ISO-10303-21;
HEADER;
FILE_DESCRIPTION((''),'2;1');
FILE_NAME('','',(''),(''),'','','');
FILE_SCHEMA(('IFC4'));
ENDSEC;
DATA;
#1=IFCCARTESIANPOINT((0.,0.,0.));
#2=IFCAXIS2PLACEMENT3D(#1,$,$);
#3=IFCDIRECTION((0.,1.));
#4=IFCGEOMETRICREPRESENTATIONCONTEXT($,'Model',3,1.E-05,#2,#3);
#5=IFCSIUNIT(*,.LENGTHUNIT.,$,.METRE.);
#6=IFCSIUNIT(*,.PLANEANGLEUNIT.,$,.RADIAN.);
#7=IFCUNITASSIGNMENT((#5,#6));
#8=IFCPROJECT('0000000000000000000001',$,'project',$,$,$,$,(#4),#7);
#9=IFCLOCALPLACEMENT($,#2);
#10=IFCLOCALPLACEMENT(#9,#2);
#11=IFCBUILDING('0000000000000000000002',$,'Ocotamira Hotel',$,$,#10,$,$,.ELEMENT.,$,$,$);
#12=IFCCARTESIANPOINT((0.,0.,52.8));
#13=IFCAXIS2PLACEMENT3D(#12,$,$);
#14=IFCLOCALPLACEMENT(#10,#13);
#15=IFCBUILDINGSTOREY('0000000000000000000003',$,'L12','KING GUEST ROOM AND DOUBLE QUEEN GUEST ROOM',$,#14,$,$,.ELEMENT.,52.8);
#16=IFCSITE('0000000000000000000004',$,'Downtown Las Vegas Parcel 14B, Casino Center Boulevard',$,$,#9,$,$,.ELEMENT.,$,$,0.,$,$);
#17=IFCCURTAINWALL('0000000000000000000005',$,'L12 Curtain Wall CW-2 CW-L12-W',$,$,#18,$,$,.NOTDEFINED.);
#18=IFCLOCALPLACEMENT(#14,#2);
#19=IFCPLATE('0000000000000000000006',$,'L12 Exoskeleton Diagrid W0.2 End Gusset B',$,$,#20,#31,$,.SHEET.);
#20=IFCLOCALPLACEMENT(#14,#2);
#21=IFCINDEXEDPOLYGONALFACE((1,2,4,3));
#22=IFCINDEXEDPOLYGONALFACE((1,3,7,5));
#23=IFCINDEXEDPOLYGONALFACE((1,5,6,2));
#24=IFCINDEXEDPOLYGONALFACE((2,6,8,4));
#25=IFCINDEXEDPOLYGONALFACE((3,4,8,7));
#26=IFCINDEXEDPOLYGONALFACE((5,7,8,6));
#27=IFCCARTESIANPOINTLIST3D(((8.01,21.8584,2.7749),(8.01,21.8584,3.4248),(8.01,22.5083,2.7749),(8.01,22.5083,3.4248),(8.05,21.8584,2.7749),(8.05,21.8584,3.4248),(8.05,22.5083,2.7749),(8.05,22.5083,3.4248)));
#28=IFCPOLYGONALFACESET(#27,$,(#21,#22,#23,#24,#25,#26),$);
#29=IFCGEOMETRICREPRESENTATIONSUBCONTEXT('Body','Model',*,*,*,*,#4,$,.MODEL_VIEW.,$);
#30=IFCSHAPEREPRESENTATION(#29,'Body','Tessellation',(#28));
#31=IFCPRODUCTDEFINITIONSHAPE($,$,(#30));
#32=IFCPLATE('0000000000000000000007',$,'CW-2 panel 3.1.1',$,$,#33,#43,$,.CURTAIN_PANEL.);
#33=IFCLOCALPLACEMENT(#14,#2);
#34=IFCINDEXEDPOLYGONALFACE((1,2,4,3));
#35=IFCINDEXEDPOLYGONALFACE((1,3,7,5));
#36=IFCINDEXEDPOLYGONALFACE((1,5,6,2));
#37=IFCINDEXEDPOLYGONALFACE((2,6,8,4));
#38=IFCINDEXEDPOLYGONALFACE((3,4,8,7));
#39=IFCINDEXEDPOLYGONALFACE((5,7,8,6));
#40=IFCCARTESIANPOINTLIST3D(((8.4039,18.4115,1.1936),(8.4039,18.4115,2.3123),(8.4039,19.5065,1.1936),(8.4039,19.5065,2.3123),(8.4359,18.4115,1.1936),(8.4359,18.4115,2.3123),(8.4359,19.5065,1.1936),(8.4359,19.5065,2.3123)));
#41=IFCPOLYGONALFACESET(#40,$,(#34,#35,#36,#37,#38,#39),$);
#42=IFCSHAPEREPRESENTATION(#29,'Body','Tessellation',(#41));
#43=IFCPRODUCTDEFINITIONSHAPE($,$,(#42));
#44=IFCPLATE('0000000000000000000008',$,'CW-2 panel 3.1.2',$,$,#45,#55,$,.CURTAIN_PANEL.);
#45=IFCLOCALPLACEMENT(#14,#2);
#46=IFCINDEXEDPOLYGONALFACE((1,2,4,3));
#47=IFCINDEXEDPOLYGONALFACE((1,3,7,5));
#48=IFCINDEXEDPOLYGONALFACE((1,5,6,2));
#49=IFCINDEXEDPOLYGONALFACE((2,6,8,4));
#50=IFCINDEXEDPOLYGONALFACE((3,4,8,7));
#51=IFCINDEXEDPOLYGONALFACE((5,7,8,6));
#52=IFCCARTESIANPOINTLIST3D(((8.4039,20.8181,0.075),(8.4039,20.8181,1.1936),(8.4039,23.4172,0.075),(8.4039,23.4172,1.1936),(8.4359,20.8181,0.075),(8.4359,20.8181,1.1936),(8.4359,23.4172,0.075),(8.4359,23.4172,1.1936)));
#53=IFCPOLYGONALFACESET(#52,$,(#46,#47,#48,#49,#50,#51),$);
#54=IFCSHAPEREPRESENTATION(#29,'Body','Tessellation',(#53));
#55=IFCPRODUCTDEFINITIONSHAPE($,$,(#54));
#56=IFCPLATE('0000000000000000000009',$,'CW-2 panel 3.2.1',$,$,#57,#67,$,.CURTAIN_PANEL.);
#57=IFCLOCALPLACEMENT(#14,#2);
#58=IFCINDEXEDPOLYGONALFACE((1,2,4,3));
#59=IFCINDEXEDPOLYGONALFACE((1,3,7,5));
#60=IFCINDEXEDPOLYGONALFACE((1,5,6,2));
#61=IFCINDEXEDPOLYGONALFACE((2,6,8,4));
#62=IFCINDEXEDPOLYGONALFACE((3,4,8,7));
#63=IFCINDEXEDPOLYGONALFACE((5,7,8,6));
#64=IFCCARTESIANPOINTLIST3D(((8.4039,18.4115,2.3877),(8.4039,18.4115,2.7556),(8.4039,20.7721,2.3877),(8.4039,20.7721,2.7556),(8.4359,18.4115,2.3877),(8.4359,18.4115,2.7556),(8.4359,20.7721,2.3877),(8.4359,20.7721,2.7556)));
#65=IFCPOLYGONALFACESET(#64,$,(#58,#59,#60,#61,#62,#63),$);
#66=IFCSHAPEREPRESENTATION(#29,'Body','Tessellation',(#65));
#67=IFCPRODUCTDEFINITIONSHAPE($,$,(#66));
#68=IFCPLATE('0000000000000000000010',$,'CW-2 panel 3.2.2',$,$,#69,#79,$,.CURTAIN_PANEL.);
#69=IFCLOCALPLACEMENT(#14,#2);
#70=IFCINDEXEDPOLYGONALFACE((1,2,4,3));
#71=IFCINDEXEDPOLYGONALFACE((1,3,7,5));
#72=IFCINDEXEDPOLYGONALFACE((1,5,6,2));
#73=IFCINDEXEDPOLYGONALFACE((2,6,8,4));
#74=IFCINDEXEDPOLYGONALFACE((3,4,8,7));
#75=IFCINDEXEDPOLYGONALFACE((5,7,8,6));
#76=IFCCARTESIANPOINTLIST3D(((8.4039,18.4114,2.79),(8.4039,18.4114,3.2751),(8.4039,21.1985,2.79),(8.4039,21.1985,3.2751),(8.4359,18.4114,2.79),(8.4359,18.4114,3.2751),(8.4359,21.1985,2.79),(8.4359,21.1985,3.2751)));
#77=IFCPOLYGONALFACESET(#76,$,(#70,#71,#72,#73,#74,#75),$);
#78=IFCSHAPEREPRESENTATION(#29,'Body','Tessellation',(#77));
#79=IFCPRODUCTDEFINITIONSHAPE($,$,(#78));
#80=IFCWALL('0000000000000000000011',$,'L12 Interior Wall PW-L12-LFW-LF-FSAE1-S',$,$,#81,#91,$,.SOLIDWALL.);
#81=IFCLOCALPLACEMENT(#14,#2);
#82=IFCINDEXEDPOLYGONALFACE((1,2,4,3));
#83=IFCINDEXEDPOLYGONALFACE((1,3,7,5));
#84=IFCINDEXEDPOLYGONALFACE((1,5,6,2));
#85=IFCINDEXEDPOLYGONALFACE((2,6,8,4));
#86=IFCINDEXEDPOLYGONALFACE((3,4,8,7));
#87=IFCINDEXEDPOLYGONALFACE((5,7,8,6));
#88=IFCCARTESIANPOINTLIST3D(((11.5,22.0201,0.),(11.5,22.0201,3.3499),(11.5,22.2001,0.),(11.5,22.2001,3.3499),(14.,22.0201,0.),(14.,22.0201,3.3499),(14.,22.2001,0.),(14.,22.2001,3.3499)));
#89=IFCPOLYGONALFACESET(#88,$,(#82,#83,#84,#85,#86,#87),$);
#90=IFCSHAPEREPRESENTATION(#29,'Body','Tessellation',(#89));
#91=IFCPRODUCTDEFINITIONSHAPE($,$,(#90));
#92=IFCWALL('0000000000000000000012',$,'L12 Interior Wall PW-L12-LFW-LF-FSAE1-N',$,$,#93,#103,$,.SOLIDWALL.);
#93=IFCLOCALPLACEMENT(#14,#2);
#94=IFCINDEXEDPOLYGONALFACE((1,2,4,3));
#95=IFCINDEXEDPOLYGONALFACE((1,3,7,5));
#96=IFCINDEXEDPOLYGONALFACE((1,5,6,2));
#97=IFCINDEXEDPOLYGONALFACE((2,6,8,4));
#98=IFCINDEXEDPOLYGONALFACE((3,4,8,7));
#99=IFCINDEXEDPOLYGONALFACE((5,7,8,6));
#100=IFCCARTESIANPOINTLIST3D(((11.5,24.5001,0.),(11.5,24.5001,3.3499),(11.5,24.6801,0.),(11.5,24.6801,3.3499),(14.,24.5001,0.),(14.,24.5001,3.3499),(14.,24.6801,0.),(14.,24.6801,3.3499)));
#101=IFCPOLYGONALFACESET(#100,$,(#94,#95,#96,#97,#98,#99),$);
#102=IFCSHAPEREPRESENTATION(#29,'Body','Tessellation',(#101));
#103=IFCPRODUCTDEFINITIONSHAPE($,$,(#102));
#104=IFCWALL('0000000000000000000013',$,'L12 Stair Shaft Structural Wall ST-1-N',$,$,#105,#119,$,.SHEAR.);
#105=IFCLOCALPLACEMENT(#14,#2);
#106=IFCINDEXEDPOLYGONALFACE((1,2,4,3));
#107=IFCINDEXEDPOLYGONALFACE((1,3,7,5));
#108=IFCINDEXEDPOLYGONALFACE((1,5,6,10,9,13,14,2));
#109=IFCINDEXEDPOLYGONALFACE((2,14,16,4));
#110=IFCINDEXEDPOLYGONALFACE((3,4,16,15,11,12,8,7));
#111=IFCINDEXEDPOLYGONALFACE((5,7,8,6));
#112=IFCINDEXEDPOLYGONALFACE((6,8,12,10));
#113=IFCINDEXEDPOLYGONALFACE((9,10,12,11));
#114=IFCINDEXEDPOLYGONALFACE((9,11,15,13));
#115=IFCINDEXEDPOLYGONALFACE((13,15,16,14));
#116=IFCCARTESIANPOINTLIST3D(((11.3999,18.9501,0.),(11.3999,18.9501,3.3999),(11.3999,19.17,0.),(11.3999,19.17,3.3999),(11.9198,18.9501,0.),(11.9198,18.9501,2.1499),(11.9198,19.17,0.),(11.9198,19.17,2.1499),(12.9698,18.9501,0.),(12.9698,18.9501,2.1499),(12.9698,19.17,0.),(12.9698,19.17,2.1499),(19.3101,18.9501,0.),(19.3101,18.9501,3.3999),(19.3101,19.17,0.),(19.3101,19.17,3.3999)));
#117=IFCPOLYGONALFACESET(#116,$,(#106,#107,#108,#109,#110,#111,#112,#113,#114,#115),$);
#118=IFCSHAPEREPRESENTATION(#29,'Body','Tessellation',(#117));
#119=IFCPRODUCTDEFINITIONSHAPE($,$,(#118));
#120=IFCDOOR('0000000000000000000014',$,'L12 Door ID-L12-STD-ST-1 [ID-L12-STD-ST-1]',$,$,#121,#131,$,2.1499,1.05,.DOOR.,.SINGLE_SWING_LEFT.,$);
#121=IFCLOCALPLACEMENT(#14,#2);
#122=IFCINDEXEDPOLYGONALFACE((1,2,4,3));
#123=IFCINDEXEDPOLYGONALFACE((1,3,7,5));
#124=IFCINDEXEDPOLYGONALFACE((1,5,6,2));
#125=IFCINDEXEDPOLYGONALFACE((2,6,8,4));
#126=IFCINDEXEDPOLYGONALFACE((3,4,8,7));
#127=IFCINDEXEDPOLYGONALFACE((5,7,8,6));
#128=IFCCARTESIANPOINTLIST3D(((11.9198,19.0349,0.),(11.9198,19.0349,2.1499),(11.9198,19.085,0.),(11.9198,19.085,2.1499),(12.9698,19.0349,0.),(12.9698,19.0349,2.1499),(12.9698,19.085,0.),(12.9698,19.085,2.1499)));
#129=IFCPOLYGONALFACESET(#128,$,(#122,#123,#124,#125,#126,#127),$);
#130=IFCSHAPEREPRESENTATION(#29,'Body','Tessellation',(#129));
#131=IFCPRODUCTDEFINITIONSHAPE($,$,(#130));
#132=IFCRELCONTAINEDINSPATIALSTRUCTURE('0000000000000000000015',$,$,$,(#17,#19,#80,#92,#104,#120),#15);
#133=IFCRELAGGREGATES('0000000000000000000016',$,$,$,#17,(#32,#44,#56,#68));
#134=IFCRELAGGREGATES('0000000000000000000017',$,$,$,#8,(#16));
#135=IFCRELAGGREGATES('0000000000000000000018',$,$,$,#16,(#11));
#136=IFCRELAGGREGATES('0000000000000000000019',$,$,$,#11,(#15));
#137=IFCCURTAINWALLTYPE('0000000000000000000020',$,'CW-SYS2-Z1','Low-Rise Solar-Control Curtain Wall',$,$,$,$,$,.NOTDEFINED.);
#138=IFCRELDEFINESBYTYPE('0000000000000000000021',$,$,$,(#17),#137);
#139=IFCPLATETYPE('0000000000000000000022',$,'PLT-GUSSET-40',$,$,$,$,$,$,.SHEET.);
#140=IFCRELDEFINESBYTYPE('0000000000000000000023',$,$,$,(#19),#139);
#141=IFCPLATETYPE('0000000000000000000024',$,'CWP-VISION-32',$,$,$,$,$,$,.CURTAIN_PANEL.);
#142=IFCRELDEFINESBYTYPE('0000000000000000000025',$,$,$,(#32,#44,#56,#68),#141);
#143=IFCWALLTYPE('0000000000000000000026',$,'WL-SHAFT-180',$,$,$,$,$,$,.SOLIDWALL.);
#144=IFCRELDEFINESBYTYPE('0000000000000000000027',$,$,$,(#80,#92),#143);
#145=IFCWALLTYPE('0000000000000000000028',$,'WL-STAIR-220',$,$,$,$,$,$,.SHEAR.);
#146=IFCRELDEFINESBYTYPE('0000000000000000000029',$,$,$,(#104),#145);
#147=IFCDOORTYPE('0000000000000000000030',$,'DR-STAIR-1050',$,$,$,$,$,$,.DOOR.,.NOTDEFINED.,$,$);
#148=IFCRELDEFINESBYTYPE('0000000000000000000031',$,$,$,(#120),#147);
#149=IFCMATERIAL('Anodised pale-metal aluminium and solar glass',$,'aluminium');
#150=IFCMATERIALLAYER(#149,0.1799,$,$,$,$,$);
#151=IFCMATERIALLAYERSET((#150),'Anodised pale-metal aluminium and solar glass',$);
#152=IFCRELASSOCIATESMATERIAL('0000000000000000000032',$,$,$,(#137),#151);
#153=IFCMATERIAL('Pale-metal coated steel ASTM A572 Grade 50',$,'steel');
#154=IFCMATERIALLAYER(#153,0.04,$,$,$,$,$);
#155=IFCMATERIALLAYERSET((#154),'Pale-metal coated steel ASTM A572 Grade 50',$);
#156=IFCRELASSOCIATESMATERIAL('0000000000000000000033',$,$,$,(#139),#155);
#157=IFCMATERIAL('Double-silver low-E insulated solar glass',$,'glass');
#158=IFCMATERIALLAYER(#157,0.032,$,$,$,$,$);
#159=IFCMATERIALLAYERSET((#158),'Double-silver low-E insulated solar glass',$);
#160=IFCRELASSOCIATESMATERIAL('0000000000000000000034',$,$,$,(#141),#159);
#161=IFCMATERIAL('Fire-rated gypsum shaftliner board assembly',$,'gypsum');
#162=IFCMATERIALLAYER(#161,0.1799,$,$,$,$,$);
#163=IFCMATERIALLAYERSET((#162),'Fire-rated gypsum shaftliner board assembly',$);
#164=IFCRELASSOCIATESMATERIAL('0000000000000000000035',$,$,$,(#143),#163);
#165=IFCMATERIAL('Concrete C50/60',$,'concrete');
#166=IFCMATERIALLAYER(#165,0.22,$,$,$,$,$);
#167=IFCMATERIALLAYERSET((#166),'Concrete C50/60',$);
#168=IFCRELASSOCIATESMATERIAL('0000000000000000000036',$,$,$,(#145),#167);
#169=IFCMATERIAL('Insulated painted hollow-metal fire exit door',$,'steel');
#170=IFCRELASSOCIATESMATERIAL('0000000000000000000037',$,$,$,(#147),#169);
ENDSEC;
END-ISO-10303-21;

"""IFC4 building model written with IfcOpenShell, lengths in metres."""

from ifc_helpers import new_model, si_unit, direction, frame, frame_2d, origin, origin_2d, place, context, subcontext, project, spatial, rectangle, extrude, source, transform, mapped, material, layer, layer_set, type_object, element, fill, aggregate, save


model = new_model("IFC4")

# Units and contexts
model_context = context("Model", 3, precision=1e-05, world=origin(), true_north=direction((0.0, 1.0)))
body_context = subcontext(model_context, "Body", "Model", "MODEL_VIEW")
ifc_project = project(units=[si_unit("LENGTHUNIT", "METRE"), si_unit("PLANEANGLEUNIT", "RADIAN")], contexts=[model_context])

# Site, building, storey
site_placement = place(None, origin())
site = spatial("IfcSite", under=ifc_project, at=site_placement, Name="Downtown Las Vegas Parcel 14B, Casino Center Boulevard", CompositionType="ELEMENT", RefElevation=0.0)
building_placement = place(site_placement, origin())
building = spatial("IfcBuilding", under=site, at=building_placement, Name="Ocotamira Hotel", CompositionType="ELEMENT")
storey_placement = place(building_placement, frame((0.0, 0.0, 52.8)))
storey = spatial("IfcBuildingStorey", under=building, at=storey_placement, Name="L12", Description="KING GUEST ROOM AND DOUBLE QUEEN GUEST ROOM", CompositionType="ELEMENT", Elevation=52.8)

# Curtain wall
ifc_material_1 = material(Name="Anodised pale-metal aluminium and solar glass", Category="aluminium")
ifc_layer_1 = layer(ifc_material_1, 0.1799)
ifc_layer_set_1 = layer_set([ifc_layer_1], Name="Anodised pale-metal aluminium and solar glass")
curtain_wall_type = type_object("IfcCurtainWallType", Name="CW-SYS2-Z1", Description="Low-Rise Solar-Control Curtain Wall", PredefinedType="NOTDEFINED", material=ifc_layer_set_1)
curtain_wall_placement = place(storey_placement, origin())
curtain_wall = element("IfcCurtainWall", 1, at=curtain_wall_placement, inside=storey, type_object=curtain_wall_type, Name="L12 Curtain Wall CW-2 CW-L12-W", PredefinedType="NOTDEFINED")

# Plates
ifc_material_2 = material(Name="Pale-metal coated steel ASTM A572 Grade 50", Category="steel")
ifc_layer_2 = layer(ifc_material_2, 0.04)
ifc_layer_set_2 = layer_set([ifc_layer_2], Name="Pale-metal coated steel ASTM A572 Grade 50")
plate_type_1 = type_object("IfcPlateType", Name="PLT-GUSSET-40", PredefinedType="SHEET", material=ifc_layer_set_2)
shared_shape_1 = source(origin(), body_context, "Body", "SweptSolid", [
    extrude(rectangle(XDim=0.04, YDim=0.6499, at=origin_2d()), origin(), (0.0, 0.0, 1.0), 0.6499),
])
plate_1_placement = place(storey_placement, frame((8.03, 22.1833, 2.7749), z_axis=(0.0, 0.0, 1.0), x_axis=(1.0, 0.0, 0.0)))
element("IfcPlate", 2, at=plate_1_placement, inside=storey, type_object=plate_type_1, Name="L12 Exoskeleton Diagrid W0.2 End Gusset B", PredefinedType="SHEET", context=body_context, shape_type="MappedRepresentation", body=[
    mapped(shared_shape_1, transform((0.0, 0.0, 0.0), scale=1.0)),
])
ifc_material_3 = material(Name="Double-silver low-E insulated solar glass", Category="glass")
ifc_layer_3 = layer(ifc_material_3, 0.032)
ifc_layer_set_3 = layer_set([ifc_layer_3], Name="Double-silver low-E insulated solar glass")
plate_type_2 = type_object("IfcPlateType", Name="CWP-VISION-32", PredefinedType="CURTAIN_PANEL", material=ifc_layer_set_3)
shared_shape_2 = source(origin(), body_context, "Body", "SweptSolid", [
    extrude(rectangle(XDim=1.095, YDim=0.032, at=origin_2d()), origin(), (0.0, 0.0, 1.0), 1.1187),
])
plate_2_placement = place(storey_placement, frame((8.4199, 18.959, 1.1936), z_axis=(0.0, 0.0, 1.0), x_axis=(0.0, 1.0, 0.0)))
plate_2 = element("IfcPlate", 3, at=plate_2_placement, type_object=plate_type_2, Name="CW-2 panel 3.1.1", PredefinedType="CURTAIN_PANEL", context=body_context, shape_type="MappedRepresentation", body=[
    mapped(shared_shape_2, transform((0.0, 0.0, 0.0), scale=1.0)),
])
shared_shape_3 = source(origin(), body_context, "Body", "SweptSolid", [
    extrude(rectangle(XDim=2.5991, YDim=0.032, at=origin_2d()), origin(), (0.0, 0.0, 1.0), 1.1187),
])
plate_3_placement = place(storey_placement, frame((8.4199, 22.1177, 0.075), z_axis=(0.0, 0.0, 1.0), x_axis=(0.0, 1.0, 0.0)))
plate_3 = element("IfcPlate", 4, at=plate_3_placement, type_object=plate_type_2, Name="CW-2 panel 3.1.2", PredefinedType="CURTAIN_PANEL", context=body_context, shape_type="MappedRepresentation", body=[
    mapped(shared_shape_3, transform((0.0, 0.0, 0.0), scale=1.0)),
])
shared_shape_4 = source(origin(), body_context, "Body", "SweptSolid", [
    extrude(rectangle(XDim=2.3606, YDim=0.032, at=origin_2d()), origin(), (0.0, 0.0, 1.0), 0.3679),
])
plate_4_placement = place(storey_placement, frame((8.4199, 19.5918, 2.3877), z_axis=(0.0, 0.0, 1.0), x_axis=(0.0, 1.0, 0.0)))
plate_4 = element("IfcPlate", 5, at=plate_4_placement, type_object=plate_type_2, Name="CW-2 panel 3.2.1", PredefinedType="CURTAIN_PANEL", context=body_context, shape_type="MappedRepresentation", body=[
    mapped(shared_shape_4, transform((0.0, 0.0, 0.0), scale=1.0)),
])
shared_shape_5 = source(origin(), body_context, "Body", "SweptSolid", [
    extrude(rectangle(XDim=2.7871, YDim=0.032, at=origin_2d()), origin(), (0.0, 0.0, 1.0), 0.4851),
])
plate_5_placement = place(storey_placement, frame((8.4199, 19.8049, 2.79), z_axis=(0.0, 0.0, 1.0), x_axis=(0.0, 1.0, 0.0)))
plate_5 = element("IfcPlate", 6, at=plate_5_placement, type_object=plate_type_2, Name="CW-2 panel 3.2.2", PredefinedType="CURTAIN_PANEL", context=body_context, shape_type="MappedRepresentation", body=[
    mapped(shared_shape_5, transform((0.0, 0.0, 0.0), scale=1.0)),
])
aggregate(curtain_wall, [plate_2, plate_3, plate_4, plate_5])

# Walls
ifc_material_4 = material(Name="Fire-rated gypsum shaftliner board assembly", Category="gypsum")
ifc_layer_4 = layer(ifc_material_4, 0.1799)
ifc_layer_set_4 = layer_set([ifc_layer_4], Name="Fire-rated gypsum shaftliner board assembly")
wall_type_1 = type_object("IfcWallType", Name="WL-SHAFT-180", PredefinedType="SOLIDWALL", material=ifc_layer_set_4)
for number, where, z_axis, x_axis, name in (
    (7, (11.5, 22.1101, 0.0), (0.0, 0.0, 1.0), (1.0, 0.0, 0.0), "L12 Interior Wall PW-L12-LFW-LF-FSAE1-S"),
    (8, (11.5, 24.5901, 0.0), (0.0, 0.0, 1.0), (1.0, 0.0, 0.0), "L12 Interior Wall PW-L12-LFW-LF-FSAE1-N"),
):
    element("IfcWall", number, at=place(storey_placement, frame(where, z_axis=z_axis, x_axis=x_axis)), inside=storey, type_object=wall_type_1, Name=name, PredefinedType="SOLIDWALL", context=body_context, shape_type="SweptSolid", body=[
        extrude(rectangle(XDim=2.5, YDim=0.1799, at=frame_2d((1.25, 0.0))), origin(), (0.0, 0.0, 1.0), 3.3499),
    ])

# Wall, opening, door
ifc_material_5 = material(Name="Concrete C50/60", Category="concrete")
ifc_layer_5 = layer(ifc_material_5, 0.22)
ifc_layer_set_5 = layer_set([ifc_layer_5], Name="Concrete C50/60")
wall_type_2 = type_object("IfcWallType", Name="WL-STAIR-220", PredefinedType="SHEAR", material=ifc_layer_set_5)
wall_placement = place(storey_placement, frame((11.3999, 19.0601, 0.0), z_axis=(0.0, 0.0, 1.0), x_axis=(1.0, 0.0, 0.0)))
wall = element("IfcWall", 9, at=wall_placement, inside=storey, type_object=wall_type_2, Name="L12 Stair Shaft Structural Wall ST-1-N", PredefinedType="SHEAR", context=body_context, shape_type="SweptSolid", body=[
    extrude(rectangle(XDim=7.9102, YDim=0.22, at=frame_2d((3.9551, 0.0))), origin(), (0.0, 0.0, 1.0), 3.3999),
])
opening_placement = place(wall_placement, frame((0.52, 0.0, 0.0)))
opening = element("IfcOpeningElement", 10, at=opening_placement, cuts=wall, PredefinedType="OPENING", context=body_context, shape_type="SweptSolid", body=[
    extrude(rectangle(XDim=1.05, YDim=2.1499, at=frame_2d((0.5249, 1.075))), frame((0.0, 0.1201, 0.0), z_axis=(0.0, -1.0, 0.0), x_axis=(1.0, 0.0, 0.0)), (0.0, 0.0, 1.0), 0.24),
])
ifc_material_6 = material(Name="Insulated painted hollow-metal fire exit door", Category="steel")
door_type = type_object("IfcDoorType", Name="DR-STAIR-1050", OperationType="NOTDEFINED", PredefinedType="DOOR", material=ifc_material_6)
shared_shape_6 = source(origin(), body_context, "Body", "SweptSolid", [
    extrude(rectangle(XDim=1.05, YDim=2.1499, at=frame_2d((0.5249, 1.075))), frame((0.0, 0.0249, 0.0), z_axis=(0.0, -1.0, 0.0), x_axis=(1.0, 0.0, 0.0)), (0.0, 0.0, 1.0), 0.05),
])
door_placement = place(opening_placement, origin())
door = element("IfcDoor", 11, at=door_placement, inside=storey, type_object=door_type, Name="L12 Door ID-L12-STD-ST-1 [ID-L12-STD-ST-1]", OperationType="SINGLE_SWING_LEFT", OverallHeight=2.1499, OverallWidth=1.05, PredefinedType="DOOR", context=body_context, shape_type="MappedRepresentation", body=[
    mapped(shared_shape_6, transform((0.0, 0.0, 0.0), scale=1.0)),
])
fill(opening, door)

save(model, "model.ifc")
